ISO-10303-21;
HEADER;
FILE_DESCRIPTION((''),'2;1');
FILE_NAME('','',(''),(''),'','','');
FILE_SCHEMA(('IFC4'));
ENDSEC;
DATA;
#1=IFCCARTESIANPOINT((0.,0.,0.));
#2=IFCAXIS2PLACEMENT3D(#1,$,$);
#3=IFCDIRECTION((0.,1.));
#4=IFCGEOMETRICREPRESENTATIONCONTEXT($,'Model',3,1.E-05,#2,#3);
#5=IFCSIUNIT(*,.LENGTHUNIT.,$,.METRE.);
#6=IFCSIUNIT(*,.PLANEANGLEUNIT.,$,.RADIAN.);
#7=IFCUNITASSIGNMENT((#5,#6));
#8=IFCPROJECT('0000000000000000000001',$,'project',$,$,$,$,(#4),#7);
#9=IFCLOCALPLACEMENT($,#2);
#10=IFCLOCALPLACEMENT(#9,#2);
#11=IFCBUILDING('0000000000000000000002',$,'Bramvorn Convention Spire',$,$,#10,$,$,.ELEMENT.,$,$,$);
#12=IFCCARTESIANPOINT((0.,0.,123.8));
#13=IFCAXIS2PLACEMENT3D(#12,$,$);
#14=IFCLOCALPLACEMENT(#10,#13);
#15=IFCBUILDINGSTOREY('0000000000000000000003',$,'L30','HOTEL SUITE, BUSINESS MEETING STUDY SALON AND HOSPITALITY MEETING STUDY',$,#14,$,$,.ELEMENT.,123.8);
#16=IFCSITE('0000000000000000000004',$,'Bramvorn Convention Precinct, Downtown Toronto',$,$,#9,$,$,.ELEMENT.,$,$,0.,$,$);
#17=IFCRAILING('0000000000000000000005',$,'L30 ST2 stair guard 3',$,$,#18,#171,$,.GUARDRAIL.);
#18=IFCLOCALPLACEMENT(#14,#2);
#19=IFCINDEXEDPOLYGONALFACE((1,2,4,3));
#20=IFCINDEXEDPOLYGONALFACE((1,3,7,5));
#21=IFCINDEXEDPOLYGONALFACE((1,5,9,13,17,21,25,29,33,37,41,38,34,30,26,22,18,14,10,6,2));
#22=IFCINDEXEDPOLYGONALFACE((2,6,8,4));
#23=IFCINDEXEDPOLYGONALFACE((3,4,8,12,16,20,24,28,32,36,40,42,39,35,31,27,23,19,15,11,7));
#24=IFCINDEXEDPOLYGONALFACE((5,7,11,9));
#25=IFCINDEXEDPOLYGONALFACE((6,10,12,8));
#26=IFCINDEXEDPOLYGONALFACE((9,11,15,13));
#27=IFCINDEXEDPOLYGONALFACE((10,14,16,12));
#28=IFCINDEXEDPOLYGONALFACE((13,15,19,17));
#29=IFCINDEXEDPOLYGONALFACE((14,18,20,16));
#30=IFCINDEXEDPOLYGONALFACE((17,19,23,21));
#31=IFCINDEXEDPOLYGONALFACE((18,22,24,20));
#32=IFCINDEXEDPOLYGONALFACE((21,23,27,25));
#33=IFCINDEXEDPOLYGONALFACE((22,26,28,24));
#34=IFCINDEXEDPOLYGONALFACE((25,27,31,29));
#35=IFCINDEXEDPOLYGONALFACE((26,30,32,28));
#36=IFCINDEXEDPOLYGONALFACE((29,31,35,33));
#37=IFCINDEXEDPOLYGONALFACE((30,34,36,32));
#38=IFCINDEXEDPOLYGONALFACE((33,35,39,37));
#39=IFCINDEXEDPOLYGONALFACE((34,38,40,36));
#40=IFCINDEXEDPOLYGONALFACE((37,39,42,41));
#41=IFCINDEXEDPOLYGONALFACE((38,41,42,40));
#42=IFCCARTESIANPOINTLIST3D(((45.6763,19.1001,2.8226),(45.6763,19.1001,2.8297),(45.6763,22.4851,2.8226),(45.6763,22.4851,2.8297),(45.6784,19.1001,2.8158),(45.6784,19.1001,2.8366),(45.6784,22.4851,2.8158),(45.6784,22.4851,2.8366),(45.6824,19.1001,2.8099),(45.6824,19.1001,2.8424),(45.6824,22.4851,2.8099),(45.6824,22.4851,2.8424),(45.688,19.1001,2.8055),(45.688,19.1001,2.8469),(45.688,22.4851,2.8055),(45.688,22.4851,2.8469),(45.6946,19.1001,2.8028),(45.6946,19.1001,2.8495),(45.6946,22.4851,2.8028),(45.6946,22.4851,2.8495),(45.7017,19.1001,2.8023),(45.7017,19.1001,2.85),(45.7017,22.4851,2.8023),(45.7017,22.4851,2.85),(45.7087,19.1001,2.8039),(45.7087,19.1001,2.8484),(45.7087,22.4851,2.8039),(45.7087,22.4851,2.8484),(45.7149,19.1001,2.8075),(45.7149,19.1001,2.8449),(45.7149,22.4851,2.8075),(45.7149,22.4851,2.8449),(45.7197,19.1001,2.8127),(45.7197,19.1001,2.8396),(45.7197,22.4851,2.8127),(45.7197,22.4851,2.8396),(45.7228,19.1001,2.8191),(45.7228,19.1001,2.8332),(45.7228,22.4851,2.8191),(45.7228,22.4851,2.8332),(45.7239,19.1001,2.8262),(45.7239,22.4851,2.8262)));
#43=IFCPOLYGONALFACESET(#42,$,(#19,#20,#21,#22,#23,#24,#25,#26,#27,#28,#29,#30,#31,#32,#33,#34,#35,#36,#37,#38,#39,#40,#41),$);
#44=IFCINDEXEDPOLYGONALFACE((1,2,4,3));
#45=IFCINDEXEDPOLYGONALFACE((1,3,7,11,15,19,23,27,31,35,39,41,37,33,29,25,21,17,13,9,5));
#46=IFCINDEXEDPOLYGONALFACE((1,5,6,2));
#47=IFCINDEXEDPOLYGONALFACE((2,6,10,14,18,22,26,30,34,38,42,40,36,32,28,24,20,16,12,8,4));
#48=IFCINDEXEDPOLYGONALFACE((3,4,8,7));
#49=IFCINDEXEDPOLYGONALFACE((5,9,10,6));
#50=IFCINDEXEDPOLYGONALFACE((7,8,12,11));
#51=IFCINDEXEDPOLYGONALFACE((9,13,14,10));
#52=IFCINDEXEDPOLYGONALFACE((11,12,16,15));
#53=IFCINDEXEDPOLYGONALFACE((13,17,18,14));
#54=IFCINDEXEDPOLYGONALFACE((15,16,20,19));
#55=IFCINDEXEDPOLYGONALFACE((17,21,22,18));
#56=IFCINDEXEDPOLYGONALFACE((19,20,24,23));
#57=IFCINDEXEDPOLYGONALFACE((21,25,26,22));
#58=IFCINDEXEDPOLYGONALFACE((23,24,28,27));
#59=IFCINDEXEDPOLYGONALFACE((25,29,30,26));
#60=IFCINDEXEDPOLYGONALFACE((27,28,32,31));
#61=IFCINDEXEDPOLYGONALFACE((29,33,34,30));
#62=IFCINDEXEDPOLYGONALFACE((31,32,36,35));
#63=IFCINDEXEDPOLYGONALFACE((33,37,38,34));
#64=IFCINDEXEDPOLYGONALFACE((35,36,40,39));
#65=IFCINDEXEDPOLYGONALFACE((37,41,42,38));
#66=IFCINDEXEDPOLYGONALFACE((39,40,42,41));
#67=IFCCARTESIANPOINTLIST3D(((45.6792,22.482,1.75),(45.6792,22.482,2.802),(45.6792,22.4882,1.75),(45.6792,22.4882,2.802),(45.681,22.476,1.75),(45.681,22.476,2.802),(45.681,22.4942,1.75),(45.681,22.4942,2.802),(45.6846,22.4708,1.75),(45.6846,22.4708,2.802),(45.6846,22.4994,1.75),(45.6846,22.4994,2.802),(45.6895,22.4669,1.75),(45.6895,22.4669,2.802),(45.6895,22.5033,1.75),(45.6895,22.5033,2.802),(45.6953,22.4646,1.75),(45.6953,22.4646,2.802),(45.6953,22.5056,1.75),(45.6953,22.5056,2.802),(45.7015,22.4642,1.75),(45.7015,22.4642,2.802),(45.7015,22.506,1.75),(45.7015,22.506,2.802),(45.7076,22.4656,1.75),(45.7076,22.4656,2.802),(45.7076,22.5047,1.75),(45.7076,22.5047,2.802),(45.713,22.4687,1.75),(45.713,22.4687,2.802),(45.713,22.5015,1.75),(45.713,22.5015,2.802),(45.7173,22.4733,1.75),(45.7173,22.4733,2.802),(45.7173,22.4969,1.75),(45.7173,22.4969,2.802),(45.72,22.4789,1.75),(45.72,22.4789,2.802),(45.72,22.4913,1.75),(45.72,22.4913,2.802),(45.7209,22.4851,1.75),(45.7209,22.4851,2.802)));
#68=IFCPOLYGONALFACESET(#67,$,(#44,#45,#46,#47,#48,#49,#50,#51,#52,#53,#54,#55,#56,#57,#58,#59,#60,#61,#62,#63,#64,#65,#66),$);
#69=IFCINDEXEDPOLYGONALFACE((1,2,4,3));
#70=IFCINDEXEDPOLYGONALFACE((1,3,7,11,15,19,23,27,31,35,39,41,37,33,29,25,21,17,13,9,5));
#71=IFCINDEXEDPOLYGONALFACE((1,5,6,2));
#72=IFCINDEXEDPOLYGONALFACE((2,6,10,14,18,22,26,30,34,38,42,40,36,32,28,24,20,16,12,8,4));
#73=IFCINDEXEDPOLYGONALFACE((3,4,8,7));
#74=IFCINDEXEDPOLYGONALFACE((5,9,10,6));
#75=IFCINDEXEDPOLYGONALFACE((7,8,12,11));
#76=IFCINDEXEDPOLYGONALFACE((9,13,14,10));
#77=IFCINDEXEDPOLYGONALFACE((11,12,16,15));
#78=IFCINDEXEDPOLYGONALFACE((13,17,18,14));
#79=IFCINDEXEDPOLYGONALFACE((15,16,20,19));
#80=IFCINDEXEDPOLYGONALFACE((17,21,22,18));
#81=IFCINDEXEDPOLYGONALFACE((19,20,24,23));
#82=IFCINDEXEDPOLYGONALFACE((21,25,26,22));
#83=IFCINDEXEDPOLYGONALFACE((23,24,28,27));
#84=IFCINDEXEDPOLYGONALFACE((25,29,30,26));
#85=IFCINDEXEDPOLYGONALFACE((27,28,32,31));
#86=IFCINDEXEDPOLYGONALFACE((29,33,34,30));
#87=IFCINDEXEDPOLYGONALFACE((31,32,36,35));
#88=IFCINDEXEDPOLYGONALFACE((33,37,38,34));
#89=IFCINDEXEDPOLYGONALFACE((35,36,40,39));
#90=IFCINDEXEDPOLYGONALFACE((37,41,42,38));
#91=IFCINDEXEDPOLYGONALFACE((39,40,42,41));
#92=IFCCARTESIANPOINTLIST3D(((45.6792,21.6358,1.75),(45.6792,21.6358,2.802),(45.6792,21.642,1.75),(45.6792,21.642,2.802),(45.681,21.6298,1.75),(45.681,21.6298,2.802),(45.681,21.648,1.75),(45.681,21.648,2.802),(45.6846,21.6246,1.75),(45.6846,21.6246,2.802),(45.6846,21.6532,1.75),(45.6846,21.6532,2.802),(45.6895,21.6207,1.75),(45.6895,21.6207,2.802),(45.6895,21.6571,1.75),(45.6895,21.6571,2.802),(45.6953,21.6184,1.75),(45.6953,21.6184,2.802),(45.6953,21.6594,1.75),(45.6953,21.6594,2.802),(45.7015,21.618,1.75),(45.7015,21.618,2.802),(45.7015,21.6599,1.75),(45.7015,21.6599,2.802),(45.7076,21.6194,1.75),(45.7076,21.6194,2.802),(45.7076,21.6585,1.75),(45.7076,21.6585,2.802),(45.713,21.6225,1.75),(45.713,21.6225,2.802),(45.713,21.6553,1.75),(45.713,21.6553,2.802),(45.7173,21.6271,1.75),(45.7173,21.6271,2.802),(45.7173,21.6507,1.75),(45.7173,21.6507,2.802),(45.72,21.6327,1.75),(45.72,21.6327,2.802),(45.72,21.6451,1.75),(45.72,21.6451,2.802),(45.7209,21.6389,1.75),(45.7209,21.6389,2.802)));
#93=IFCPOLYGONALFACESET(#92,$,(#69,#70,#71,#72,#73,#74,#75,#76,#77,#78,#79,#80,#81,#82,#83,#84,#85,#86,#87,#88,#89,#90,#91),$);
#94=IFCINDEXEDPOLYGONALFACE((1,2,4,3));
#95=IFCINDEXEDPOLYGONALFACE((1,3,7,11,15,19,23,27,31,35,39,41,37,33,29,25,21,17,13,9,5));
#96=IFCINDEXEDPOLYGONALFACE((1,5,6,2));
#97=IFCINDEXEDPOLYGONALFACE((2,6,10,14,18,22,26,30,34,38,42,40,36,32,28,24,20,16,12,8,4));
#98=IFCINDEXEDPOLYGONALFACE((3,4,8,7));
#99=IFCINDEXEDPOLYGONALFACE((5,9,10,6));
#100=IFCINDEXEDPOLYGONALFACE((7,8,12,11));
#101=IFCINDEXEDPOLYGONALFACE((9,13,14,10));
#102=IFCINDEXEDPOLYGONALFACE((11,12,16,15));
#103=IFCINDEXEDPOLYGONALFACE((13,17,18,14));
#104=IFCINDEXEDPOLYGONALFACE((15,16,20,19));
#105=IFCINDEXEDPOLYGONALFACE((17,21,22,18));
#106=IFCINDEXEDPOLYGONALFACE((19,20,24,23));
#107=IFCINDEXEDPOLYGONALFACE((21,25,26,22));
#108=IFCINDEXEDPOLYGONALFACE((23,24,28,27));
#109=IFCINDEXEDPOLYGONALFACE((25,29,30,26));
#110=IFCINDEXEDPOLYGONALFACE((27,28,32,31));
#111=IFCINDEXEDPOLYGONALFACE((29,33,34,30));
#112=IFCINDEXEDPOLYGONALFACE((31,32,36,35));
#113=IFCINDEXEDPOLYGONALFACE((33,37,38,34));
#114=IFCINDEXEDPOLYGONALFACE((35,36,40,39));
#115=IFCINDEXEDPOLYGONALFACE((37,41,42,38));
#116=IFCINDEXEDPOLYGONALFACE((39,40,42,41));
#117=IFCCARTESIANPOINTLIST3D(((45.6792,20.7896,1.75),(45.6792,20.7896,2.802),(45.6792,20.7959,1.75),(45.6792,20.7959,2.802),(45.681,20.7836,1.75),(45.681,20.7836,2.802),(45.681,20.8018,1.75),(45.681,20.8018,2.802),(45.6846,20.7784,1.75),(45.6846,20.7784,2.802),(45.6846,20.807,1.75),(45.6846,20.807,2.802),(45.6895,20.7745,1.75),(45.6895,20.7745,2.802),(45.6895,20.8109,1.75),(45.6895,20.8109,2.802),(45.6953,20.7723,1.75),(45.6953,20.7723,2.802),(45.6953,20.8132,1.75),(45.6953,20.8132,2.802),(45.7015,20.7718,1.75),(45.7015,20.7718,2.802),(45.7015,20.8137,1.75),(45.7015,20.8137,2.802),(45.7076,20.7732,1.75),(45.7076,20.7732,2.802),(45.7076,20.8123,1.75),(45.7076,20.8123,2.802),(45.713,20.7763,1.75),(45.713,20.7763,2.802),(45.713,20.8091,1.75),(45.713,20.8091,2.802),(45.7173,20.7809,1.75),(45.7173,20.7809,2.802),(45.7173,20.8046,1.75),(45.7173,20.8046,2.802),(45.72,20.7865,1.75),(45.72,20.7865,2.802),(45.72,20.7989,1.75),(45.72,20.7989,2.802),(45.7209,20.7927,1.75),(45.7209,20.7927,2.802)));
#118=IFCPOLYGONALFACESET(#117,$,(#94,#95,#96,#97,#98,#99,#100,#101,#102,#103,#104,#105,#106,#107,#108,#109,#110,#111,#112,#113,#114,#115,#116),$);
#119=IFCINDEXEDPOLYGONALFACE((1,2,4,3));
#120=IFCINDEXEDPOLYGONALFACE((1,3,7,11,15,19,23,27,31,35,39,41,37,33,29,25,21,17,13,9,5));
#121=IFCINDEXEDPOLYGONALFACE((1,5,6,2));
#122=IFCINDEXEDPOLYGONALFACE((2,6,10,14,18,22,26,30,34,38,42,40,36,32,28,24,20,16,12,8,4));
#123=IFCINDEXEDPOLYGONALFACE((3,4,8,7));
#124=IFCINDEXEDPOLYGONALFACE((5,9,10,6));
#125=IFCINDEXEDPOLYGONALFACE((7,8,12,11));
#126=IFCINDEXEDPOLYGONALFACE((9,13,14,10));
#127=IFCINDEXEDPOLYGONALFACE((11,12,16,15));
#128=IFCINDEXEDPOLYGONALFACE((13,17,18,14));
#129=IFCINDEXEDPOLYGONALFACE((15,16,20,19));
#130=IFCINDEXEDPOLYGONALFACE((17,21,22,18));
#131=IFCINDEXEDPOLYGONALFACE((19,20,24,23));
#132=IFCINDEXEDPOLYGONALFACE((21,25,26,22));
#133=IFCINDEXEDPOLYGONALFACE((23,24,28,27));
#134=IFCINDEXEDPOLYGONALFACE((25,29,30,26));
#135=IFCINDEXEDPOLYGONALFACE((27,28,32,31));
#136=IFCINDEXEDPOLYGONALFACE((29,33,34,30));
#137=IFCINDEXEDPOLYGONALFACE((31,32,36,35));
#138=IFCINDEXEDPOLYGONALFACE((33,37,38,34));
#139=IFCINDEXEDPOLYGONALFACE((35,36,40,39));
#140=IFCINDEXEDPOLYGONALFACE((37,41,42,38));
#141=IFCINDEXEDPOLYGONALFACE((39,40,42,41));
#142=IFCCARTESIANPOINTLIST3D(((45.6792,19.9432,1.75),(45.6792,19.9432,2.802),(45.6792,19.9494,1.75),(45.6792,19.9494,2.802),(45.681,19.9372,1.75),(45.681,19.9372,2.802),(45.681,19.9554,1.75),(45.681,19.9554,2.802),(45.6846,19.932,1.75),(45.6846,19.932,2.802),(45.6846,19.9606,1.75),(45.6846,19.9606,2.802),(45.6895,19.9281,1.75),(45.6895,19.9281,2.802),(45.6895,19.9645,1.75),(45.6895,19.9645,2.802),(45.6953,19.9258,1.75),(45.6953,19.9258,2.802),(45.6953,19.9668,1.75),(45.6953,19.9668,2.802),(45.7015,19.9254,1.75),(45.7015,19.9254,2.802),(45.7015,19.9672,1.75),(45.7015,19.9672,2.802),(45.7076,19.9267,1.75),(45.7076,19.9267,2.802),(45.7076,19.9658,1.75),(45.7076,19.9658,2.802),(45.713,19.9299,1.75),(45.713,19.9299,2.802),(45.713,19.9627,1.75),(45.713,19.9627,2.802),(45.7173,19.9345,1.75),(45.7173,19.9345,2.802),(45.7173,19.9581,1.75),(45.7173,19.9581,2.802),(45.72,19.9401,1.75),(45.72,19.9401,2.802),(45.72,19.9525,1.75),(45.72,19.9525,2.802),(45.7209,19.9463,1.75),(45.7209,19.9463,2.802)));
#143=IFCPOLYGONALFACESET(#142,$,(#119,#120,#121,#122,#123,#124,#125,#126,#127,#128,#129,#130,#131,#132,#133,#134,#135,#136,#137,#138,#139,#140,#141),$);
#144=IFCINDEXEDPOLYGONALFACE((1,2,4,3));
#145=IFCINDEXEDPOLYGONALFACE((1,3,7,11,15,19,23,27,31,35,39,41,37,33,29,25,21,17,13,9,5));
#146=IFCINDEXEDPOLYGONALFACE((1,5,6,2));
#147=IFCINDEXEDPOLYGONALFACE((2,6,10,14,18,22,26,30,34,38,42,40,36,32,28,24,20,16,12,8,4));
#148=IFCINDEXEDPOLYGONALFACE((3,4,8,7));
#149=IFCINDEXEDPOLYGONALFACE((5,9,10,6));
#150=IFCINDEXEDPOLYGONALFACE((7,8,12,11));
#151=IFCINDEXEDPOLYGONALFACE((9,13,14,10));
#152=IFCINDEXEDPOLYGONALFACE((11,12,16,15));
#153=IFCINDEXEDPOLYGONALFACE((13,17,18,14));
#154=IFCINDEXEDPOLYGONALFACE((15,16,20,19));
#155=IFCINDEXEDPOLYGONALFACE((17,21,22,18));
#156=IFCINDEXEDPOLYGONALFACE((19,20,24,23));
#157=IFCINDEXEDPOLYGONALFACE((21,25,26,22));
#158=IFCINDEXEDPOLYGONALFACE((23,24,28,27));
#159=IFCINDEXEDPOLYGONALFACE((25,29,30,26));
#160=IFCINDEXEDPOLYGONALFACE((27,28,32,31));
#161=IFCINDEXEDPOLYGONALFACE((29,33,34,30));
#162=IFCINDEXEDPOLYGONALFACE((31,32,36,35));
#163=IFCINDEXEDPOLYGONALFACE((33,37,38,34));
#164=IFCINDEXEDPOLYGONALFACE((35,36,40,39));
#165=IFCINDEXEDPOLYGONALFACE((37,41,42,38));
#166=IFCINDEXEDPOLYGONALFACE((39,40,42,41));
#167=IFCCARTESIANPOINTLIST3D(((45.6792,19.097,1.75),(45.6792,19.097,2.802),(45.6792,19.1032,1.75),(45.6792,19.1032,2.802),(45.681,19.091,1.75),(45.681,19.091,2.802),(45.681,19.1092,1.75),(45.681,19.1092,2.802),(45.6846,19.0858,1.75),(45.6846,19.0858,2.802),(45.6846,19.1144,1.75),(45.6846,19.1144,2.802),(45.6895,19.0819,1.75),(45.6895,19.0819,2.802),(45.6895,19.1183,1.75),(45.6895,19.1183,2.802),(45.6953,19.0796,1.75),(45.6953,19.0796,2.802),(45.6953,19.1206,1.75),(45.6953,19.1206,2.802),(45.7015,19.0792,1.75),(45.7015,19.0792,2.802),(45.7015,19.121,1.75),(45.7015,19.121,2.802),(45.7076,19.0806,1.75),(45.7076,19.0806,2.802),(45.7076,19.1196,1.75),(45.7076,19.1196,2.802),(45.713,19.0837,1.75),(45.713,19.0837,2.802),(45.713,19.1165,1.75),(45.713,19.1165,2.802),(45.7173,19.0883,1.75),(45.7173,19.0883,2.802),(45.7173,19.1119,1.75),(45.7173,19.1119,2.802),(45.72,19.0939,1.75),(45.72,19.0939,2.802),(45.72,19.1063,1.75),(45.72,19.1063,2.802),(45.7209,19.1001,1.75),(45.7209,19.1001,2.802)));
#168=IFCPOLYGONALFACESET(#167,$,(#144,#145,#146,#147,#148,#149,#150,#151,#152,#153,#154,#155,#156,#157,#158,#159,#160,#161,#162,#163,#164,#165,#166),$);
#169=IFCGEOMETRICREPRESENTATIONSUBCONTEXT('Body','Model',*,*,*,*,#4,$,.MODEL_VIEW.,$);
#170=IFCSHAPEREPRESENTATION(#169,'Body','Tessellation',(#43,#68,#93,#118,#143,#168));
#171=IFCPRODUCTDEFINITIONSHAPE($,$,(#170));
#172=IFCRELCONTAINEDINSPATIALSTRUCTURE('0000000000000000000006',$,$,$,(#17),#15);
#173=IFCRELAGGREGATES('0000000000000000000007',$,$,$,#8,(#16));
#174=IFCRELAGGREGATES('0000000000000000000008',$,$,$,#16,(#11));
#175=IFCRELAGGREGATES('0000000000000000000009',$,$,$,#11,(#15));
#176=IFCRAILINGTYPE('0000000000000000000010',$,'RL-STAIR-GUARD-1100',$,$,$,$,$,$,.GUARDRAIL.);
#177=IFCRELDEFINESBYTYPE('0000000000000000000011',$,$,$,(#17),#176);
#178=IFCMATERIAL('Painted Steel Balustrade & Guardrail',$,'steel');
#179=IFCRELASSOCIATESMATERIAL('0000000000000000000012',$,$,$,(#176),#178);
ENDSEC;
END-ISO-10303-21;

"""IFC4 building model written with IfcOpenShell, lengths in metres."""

from ifc_helpers import new_model, si_unit, direction, frame, origin, origin_2d, place, context, subcontext, project, spatial, circle, extrude, material, type_object, element, save


model = new_model("IFC4")

# Units and contexts
model_context = context("Model", 3, precision=1e-05, world=origin(), true_north=direction((0.0, 1.0)))
body_context = subcontext(model_context, "Body", "Model", "MODEL_VIEW")
ifc_project = project(units=[si_unit("LENGTHUNIT", "METRE"), si_unit("PLANEANGLEUNIT", "RADIAN")], contexts=[model_context])

# Site, building, storey
site_placement = place(None, origin())
site = spatial("IfcSite", under=ifc_project, at=site_placement, Name="Bramvorn Convention Precinct, Downtown Toronto", CompositionType="ELEMENT", RefElevation=0.0)
building_placement = place(site_placement, origin())
building = spatial("IfcBuilding", under=site, at=building_placement, Name="Bramvorn Convention Spire", CompositionType="ELEMENT")
storey_placement = place(building_placement, frame((0.0, 0.0, 123.8)))
storey = spatial("IfcBuildingStorey", under=building, at=storey_placement, Name="L30", Description="HOTEL SUITE, BUSINESS MEETING STUDY SALON AND HOSPITALITY MEETING STUDY", CompositionType="ELEMENT", Elevation=123.8)

# Railing
ifc_material_1 = material(Name="Painted Steel Balustrade & Guardrail", Category="steel")
railing_type_1 = type_object("IfcRailingType", Name="RL-STAIR-GUARD-1100", PredefinedType="GUARDRAIL", material=ifc_material_1)
railing_1_placement = place(storey_placement, frame((45.7, 22.4851, 1.75)))
element("IfcRailing", 1, at=railing_1_placement, inside=storey, type_object=railing_type_1, Name="L30 ST2 stair guard 3", PredefinedType="GUARDRAIL", context=body_context, shape_type="SweptSolid", body=[
    extrude(circle(Radius=0.0239, at=origin_2d()), frame((0.0, 0.0, 1.0762), z_axis=(0.0, -1.0, 0.0), x_axis=(1.0, 0.0, 0.0)), (0.0, 0.0, 1.0), 3.385),
    extrude(circle(Radius=0.021, at=origin_2d()), origin(), (0.0, 0.0, 1.0), 1.052),
    extrude(circle(Radius=0.021, at=origin_2d()), frame((0.0, -0.8462, 0.0)), (0.0, 0.0, 1.0), 1.052),
    extrude(circle(Radius=0.021, at=origin_2d()), frame((0.0, -1.6924, 0.0)), (0.0, 0.0, 1.0), 1.052),
    extrude(circle(Radius=0.021, at=origin_2d()), frame((0.0, -2.5388, 0.0)), (0.0, 0.0, 1.0), 1.052),
    extrude(circle(Radius=0.021, at=origin_2d()), frame((0.0, -3.385, 0.0)), (0.0, 0.0, 1.0), 1.052),
])

save(model, "model.ifc")
